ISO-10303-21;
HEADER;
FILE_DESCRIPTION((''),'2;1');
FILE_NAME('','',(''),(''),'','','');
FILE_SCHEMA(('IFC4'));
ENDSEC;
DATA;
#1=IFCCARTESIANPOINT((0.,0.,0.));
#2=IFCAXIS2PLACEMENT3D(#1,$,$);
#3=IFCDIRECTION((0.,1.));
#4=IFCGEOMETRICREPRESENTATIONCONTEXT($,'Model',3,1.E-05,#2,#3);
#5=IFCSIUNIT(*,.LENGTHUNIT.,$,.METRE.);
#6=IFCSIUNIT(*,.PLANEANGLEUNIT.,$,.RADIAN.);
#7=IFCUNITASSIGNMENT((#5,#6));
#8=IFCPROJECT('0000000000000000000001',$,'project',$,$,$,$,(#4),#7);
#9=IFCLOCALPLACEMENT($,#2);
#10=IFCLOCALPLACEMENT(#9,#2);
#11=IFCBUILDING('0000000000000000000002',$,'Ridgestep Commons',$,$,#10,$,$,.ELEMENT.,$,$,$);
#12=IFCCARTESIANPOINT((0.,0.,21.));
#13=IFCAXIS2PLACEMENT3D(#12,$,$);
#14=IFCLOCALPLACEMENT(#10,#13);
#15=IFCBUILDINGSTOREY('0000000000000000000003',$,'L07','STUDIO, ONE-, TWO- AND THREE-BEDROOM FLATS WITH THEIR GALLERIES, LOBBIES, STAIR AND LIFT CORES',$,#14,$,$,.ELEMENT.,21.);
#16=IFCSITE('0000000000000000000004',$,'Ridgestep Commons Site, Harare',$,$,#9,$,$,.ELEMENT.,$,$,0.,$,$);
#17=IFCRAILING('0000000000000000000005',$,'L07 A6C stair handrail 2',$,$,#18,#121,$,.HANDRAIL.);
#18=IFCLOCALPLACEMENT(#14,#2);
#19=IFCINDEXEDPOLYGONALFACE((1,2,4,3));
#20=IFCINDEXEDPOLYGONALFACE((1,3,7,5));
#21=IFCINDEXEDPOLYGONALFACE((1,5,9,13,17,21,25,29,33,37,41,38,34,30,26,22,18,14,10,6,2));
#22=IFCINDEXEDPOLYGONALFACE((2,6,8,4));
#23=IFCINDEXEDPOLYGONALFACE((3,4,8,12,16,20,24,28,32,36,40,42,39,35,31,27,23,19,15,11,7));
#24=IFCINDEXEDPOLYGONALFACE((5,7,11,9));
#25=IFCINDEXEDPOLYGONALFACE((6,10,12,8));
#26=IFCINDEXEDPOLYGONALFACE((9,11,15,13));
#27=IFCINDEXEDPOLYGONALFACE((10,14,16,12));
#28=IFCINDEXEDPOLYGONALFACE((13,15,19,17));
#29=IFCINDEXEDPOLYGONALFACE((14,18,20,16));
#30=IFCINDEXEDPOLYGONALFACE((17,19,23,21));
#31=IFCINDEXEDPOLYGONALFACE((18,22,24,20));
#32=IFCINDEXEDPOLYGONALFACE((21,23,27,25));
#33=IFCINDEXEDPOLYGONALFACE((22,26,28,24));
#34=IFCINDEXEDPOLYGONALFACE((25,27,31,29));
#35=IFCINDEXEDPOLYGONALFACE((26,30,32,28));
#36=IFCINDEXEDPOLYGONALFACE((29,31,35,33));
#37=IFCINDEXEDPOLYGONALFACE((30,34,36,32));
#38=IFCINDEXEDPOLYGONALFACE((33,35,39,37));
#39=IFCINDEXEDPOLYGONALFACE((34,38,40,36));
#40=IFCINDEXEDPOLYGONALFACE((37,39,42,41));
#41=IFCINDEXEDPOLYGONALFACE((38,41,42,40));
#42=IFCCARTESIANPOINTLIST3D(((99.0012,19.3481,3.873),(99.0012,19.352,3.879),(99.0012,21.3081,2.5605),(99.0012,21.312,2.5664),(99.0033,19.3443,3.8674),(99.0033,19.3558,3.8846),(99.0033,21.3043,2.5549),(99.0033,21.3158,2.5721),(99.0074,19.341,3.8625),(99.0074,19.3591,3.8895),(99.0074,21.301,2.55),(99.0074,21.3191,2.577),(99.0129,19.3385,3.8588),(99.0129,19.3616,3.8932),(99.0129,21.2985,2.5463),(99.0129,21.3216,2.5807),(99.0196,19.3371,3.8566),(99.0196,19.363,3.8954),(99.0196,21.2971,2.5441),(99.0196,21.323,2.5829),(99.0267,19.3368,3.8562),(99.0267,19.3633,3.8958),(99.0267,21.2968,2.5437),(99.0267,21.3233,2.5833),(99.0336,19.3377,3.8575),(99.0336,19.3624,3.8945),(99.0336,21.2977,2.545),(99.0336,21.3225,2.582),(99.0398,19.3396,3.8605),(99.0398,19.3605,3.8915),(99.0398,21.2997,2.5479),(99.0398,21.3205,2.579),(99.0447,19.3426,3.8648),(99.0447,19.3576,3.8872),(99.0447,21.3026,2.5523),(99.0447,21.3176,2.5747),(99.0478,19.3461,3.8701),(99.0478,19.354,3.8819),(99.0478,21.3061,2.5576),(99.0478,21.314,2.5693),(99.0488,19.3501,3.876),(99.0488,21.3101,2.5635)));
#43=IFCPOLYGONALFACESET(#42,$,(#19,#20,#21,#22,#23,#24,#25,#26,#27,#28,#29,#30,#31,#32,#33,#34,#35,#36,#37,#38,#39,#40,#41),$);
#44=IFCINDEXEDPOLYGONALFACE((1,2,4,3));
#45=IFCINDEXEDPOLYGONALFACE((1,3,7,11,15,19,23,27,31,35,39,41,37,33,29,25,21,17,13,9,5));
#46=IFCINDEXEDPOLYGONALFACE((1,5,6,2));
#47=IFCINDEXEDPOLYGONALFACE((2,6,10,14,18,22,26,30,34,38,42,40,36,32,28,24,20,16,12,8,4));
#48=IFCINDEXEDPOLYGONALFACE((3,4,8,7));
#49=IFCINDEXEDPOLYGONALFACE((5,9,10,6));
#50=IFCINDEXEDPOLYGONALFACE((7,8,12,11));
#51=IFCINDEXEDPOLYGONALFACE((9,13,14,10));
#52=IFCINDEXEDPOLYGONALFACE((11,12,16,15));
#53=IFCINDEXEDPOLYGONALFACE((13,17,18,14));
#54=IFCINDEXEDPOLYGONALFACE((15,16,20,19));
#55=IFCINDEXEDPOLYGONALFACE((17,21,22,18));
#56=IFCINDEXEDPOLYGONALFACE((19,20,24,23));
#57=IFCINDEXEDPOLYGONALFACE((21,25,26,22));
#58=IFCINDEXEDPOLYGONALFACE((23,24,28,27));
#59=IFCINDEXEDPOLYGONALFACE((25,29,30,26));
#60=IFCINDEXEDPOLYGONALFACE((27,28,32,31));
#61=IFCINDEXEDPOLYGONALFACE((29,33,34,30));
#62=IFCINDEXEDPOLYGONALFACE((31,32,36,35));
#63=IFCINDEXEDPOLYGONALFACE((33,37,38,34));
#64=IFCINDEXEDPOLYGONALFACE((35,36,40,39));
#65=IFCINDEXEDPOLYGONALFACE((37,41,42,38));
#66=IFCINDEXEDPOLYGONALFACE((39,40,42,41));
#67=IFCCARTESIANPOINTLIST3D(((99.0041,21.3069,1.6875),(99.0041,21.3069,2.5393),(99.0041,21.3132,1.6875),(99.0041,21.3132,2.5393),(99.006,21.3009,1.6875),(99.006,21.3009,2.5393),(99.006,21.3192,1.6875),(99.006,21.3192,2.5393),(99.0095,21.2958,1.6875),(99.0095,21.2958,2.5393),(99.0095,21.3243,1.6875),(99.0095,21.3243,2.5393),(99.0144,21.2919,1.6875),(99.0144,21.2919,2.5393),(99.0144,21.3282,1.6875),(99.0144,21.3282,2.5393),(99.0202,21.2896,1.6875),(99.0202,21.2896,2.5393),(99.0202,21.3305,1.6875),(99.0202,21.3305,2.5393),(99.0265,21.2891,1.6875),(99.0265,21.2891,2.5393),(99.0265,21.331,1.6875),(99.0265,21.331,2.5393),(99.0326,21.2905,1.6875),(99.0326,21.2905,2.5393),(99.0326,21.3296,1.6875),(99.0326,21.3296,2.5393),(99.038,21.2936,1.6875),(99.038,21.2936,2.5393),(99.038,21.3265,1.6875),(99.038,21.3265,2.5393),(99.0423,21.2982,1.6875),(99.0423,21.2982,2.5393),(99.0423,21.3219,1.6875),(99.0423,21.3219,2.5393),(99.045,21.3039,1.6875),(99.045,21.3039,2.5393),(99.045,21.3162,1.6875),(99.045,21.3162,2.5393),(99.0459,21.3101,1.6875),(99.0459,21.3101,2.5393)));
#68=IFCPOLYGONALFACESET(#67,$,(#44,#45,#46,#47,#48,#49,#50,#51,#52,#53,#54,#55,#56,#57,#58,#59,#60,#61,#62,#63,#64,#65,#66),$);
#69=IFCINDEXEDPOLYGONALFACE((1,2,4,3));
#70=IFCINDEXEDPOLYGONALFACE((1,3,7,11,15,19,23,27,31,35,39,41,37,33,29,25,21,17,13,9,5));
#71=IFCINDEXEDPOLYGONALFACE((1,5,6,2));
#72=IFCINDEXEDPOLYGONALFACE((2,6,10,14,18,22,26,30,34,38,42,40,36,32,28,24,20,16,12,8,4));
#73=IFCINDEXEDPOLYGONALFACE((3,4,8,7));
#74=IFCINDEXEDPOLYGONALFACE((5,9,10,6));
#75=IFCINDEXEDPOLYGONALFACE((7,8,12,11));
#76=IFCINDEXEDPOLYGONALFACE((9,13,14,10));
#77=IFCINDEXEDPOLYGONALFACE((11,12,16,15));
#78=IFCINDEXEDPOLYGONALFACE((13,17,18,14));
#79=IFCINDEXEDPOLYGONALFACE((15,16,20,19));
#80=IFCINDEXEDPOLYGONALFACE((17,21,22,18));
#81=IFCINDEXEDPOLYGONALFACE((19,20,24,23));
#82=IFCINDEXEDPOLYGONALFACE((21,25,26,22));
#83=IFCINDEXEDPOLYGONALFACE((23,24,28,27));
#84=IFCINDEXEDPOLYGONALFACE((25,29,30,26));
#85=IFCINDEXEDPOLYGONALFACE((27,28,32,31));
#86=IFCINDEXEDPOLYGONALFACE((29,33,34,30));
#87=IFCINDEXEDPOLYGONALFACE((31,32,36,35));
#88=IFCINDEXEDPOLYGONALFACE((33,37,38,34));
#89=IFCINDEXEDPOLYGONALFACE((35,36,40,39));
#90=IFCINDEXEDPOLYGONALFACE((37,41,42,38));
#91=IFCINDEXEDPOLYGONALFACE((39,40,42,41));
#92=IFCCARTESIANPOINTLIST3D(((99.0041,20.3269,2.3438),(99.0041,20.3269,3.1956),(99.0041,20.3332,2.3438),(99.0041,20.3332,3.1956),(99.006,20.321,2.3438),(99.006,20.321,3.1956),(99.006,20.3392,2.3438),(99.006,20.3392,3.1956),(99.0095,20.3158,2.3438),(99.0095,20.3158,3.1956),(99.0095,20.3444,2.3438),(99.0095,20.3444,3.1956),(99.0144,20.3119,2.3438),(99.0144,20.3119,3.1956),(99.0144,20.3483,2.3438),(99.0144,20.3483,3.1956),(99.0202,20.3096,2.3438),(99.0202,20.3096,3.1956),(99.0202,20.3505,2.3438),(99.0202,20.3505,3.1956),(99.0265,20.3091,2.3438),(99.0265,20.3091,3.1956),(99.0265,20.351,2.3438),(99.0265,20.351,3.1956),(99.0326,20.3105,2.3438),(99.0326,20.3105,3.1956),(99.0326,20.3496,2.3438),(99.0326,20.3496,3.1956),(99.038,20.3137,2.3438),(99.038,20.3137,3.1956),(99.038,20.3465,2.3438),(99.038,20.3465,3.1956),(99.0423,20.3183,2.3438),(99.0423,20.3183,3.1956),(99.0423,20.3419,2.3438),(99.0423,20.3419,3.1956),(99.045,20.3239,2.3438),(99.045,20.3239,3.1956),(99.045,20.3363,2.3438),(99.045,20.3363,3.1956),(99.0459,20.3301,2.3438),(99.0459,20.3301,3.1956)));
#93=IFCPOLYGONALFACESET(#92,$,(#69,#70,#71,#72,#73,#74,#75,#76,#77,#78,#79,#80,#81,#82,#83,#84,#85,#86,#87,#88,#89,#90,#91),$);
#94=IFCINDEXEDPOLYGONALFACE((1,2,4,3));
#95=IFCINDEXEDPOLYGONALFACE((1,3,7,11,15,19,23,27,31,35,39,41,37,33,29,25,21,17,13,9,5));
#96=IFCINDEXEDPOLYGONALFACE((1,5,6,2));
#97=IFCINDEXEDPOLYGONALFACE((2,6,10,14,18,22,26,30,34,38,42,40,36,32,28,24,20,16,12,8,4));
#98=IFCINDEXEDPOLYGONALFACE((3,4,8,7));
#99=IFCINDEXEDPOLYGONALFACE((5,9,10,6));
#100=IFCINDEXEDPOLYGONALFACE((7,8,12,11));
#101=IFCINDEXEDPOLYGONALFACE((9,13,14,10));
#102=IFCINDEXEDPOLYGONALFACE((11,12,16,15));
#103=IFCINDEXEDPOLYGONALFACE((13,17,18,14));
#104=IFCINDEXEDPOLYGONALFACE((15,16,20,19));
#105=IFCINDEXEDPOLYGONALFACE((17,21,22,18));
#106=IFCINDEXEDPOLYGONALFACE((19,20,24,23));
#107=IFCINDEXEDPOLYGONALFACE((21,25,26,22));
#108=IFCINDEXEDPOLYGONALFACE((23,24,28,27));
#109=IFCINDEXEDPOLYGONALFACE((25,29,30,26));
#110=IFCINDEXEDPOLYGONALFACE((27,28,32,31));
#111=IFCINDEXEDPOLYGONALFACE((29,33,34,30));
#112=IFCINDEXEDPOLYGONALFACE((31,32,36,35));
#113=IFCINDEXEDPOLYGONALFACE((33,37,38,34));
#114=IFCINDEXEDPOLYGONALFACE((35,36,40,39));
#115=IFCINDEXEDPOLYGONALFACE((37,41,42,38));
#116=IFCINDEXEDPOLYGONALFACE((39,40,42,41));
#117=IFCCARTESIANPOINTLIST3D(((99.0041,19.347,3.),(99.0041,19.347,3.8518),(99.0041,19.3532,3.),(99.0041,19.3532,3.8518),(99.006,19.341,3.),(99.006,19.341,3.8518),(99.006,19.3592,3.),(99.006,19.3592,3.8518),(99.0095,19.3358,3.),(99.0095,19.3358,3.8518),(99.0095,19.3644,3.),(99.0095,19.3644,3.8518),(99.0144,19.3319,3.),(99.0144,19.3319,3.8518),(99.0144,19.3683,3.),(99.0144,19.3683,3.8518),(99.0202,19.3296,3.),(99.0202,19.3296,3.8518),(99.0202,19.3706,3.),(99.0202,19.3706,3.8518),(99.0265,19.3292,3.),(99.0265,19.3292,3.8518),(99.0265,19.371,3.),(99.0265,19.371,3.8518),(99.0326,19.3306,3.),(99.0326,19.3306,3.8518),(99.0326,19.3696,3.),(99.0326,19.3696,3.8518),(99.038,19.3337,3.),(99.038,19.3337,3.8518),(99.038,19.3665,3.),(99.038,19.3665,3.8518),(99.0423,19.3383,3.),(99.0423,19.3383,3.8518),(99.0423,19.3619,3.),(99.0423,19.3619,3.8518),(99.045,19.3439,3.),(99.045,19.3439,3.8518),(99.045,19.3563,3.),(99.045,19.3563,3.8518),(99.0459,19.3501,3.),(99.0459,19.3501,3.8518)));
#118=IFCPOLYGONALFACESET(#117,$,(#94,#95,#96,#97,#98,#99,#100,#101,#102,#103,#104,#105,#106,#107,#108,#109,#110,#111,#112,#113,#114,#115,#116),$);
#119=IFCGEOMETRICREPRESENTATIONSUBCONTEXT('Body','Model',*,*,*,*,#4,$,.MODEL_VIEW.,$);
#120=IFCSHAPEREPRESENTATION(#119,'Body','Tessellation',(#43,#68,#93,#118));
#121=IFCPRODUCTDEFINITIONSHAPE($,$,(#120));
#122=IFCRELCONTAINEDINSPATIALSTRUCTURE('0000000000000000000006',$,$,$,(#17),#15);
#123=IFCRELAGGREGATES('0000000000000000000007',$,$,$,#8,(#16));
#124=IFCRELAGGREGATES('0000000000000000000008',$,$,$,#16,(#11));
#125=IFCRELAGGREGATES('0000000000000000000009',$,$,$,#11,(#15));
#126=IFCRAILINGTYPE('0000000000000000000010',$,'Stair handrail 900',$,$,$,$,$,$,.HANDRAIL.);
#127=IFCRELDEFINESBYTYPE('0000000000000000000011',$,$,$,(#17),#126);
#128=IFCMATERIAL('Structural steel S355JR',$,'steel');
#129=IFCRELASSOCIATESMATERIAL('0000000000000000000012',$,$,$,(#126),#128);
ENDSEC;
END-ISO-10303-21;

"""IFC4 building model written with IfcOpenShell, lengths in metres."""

from ifc_helpers import new_model, si_unit, direction, frame, origin, origin_2d, place, context, subcontext, project, spatial, circle, extrude, material, type_object, element, save


model = new_model("IFC4")

# Units and contexts
model_context = context("Model", 3, precision=1e-05, world=origin(), true_north=direction((0.0, 1.0)))
body_context = subcontext(model_context, "Body", "Model", "MODEL_VIEW")
ifc_project = project(units=[si_unit("LENGTHUNIT", "METRE"), si_unit("PLANEANGLEUNIT", "RADIAN")], contexts=[model_context])

# Site, building, storey
site_placement = place(None, origin())
site = spatial("IfcSite", under=ifc_project, at=site_placement, Name="Ridgestep Commons Site, Harare", CompositionType="ELEMENT", RefElevation=0.0)
building_placement = place(site_placement, origin())
building = spatial("IfcBuilding", under=site, at=building_placement, Name="Ridgestep Commons", CompositionType="ELEMENT")
storey_placement = place(building_placement, frame((0.0, 0.0, 21.0)))
storey = spatial("IfcBuildingStorey", under=building, at=storey_placement, Name="L07", Description="STUDIO, ONE-, TWO- AND THREE-BEDROOM FLATS WITH THEIR GALLERIES, LOBBIES, STAIR AND LIFT CORES", CompositionType="ELEMENT", Elevation=21.0)

# Railing
ifc_material_1 = material(Name="Structural steel S355JR", Category="steel")
railing_type_1 = type_object("IfcRailingType", Name="Stair handrail 900", PredefinedType="HANDRAIL", material=ifc_material_1)
railing_1_placement = place(storey_placement, frame((99.0249, 21.3101, 1.6875)))
element("IfcRailing", 1, at=railing_1_placement, inside=storey, type_object=railing_type_1, Name="L07 A6C stair handrail 2", PredefinedType="HANDRAIL", context=body_context, shape_type="SweptSolid", body=[
    extrude(circle(Radius=0.0239, at=origin_2d()), frame((0.0, 0.0, 0.876), z_axis=(0.0, -0.830902, 0.556419), x_axis=(1.0, 0.0, 0.0)), (0.0, 0.0, 1.0), 2.3589),
    extrude(circle(Radius=0.021, at=origin_2d()), origin(), (0.0, 0.0, 1.0), 0.8518),
    extrude(circle(Radius=0.021, at=origin_2d()), frame((0.0, -0.98, 0.6562)), (0.0, 0.0, 1.0), 0.8518),
    extrude(circle(Radius=0.021, at=origin_2d()), frame((0.0, -1.96, 1.3125)), (0.0, 0.0, 1.0), 0.8518),
])

save(model, "model.ifc")
